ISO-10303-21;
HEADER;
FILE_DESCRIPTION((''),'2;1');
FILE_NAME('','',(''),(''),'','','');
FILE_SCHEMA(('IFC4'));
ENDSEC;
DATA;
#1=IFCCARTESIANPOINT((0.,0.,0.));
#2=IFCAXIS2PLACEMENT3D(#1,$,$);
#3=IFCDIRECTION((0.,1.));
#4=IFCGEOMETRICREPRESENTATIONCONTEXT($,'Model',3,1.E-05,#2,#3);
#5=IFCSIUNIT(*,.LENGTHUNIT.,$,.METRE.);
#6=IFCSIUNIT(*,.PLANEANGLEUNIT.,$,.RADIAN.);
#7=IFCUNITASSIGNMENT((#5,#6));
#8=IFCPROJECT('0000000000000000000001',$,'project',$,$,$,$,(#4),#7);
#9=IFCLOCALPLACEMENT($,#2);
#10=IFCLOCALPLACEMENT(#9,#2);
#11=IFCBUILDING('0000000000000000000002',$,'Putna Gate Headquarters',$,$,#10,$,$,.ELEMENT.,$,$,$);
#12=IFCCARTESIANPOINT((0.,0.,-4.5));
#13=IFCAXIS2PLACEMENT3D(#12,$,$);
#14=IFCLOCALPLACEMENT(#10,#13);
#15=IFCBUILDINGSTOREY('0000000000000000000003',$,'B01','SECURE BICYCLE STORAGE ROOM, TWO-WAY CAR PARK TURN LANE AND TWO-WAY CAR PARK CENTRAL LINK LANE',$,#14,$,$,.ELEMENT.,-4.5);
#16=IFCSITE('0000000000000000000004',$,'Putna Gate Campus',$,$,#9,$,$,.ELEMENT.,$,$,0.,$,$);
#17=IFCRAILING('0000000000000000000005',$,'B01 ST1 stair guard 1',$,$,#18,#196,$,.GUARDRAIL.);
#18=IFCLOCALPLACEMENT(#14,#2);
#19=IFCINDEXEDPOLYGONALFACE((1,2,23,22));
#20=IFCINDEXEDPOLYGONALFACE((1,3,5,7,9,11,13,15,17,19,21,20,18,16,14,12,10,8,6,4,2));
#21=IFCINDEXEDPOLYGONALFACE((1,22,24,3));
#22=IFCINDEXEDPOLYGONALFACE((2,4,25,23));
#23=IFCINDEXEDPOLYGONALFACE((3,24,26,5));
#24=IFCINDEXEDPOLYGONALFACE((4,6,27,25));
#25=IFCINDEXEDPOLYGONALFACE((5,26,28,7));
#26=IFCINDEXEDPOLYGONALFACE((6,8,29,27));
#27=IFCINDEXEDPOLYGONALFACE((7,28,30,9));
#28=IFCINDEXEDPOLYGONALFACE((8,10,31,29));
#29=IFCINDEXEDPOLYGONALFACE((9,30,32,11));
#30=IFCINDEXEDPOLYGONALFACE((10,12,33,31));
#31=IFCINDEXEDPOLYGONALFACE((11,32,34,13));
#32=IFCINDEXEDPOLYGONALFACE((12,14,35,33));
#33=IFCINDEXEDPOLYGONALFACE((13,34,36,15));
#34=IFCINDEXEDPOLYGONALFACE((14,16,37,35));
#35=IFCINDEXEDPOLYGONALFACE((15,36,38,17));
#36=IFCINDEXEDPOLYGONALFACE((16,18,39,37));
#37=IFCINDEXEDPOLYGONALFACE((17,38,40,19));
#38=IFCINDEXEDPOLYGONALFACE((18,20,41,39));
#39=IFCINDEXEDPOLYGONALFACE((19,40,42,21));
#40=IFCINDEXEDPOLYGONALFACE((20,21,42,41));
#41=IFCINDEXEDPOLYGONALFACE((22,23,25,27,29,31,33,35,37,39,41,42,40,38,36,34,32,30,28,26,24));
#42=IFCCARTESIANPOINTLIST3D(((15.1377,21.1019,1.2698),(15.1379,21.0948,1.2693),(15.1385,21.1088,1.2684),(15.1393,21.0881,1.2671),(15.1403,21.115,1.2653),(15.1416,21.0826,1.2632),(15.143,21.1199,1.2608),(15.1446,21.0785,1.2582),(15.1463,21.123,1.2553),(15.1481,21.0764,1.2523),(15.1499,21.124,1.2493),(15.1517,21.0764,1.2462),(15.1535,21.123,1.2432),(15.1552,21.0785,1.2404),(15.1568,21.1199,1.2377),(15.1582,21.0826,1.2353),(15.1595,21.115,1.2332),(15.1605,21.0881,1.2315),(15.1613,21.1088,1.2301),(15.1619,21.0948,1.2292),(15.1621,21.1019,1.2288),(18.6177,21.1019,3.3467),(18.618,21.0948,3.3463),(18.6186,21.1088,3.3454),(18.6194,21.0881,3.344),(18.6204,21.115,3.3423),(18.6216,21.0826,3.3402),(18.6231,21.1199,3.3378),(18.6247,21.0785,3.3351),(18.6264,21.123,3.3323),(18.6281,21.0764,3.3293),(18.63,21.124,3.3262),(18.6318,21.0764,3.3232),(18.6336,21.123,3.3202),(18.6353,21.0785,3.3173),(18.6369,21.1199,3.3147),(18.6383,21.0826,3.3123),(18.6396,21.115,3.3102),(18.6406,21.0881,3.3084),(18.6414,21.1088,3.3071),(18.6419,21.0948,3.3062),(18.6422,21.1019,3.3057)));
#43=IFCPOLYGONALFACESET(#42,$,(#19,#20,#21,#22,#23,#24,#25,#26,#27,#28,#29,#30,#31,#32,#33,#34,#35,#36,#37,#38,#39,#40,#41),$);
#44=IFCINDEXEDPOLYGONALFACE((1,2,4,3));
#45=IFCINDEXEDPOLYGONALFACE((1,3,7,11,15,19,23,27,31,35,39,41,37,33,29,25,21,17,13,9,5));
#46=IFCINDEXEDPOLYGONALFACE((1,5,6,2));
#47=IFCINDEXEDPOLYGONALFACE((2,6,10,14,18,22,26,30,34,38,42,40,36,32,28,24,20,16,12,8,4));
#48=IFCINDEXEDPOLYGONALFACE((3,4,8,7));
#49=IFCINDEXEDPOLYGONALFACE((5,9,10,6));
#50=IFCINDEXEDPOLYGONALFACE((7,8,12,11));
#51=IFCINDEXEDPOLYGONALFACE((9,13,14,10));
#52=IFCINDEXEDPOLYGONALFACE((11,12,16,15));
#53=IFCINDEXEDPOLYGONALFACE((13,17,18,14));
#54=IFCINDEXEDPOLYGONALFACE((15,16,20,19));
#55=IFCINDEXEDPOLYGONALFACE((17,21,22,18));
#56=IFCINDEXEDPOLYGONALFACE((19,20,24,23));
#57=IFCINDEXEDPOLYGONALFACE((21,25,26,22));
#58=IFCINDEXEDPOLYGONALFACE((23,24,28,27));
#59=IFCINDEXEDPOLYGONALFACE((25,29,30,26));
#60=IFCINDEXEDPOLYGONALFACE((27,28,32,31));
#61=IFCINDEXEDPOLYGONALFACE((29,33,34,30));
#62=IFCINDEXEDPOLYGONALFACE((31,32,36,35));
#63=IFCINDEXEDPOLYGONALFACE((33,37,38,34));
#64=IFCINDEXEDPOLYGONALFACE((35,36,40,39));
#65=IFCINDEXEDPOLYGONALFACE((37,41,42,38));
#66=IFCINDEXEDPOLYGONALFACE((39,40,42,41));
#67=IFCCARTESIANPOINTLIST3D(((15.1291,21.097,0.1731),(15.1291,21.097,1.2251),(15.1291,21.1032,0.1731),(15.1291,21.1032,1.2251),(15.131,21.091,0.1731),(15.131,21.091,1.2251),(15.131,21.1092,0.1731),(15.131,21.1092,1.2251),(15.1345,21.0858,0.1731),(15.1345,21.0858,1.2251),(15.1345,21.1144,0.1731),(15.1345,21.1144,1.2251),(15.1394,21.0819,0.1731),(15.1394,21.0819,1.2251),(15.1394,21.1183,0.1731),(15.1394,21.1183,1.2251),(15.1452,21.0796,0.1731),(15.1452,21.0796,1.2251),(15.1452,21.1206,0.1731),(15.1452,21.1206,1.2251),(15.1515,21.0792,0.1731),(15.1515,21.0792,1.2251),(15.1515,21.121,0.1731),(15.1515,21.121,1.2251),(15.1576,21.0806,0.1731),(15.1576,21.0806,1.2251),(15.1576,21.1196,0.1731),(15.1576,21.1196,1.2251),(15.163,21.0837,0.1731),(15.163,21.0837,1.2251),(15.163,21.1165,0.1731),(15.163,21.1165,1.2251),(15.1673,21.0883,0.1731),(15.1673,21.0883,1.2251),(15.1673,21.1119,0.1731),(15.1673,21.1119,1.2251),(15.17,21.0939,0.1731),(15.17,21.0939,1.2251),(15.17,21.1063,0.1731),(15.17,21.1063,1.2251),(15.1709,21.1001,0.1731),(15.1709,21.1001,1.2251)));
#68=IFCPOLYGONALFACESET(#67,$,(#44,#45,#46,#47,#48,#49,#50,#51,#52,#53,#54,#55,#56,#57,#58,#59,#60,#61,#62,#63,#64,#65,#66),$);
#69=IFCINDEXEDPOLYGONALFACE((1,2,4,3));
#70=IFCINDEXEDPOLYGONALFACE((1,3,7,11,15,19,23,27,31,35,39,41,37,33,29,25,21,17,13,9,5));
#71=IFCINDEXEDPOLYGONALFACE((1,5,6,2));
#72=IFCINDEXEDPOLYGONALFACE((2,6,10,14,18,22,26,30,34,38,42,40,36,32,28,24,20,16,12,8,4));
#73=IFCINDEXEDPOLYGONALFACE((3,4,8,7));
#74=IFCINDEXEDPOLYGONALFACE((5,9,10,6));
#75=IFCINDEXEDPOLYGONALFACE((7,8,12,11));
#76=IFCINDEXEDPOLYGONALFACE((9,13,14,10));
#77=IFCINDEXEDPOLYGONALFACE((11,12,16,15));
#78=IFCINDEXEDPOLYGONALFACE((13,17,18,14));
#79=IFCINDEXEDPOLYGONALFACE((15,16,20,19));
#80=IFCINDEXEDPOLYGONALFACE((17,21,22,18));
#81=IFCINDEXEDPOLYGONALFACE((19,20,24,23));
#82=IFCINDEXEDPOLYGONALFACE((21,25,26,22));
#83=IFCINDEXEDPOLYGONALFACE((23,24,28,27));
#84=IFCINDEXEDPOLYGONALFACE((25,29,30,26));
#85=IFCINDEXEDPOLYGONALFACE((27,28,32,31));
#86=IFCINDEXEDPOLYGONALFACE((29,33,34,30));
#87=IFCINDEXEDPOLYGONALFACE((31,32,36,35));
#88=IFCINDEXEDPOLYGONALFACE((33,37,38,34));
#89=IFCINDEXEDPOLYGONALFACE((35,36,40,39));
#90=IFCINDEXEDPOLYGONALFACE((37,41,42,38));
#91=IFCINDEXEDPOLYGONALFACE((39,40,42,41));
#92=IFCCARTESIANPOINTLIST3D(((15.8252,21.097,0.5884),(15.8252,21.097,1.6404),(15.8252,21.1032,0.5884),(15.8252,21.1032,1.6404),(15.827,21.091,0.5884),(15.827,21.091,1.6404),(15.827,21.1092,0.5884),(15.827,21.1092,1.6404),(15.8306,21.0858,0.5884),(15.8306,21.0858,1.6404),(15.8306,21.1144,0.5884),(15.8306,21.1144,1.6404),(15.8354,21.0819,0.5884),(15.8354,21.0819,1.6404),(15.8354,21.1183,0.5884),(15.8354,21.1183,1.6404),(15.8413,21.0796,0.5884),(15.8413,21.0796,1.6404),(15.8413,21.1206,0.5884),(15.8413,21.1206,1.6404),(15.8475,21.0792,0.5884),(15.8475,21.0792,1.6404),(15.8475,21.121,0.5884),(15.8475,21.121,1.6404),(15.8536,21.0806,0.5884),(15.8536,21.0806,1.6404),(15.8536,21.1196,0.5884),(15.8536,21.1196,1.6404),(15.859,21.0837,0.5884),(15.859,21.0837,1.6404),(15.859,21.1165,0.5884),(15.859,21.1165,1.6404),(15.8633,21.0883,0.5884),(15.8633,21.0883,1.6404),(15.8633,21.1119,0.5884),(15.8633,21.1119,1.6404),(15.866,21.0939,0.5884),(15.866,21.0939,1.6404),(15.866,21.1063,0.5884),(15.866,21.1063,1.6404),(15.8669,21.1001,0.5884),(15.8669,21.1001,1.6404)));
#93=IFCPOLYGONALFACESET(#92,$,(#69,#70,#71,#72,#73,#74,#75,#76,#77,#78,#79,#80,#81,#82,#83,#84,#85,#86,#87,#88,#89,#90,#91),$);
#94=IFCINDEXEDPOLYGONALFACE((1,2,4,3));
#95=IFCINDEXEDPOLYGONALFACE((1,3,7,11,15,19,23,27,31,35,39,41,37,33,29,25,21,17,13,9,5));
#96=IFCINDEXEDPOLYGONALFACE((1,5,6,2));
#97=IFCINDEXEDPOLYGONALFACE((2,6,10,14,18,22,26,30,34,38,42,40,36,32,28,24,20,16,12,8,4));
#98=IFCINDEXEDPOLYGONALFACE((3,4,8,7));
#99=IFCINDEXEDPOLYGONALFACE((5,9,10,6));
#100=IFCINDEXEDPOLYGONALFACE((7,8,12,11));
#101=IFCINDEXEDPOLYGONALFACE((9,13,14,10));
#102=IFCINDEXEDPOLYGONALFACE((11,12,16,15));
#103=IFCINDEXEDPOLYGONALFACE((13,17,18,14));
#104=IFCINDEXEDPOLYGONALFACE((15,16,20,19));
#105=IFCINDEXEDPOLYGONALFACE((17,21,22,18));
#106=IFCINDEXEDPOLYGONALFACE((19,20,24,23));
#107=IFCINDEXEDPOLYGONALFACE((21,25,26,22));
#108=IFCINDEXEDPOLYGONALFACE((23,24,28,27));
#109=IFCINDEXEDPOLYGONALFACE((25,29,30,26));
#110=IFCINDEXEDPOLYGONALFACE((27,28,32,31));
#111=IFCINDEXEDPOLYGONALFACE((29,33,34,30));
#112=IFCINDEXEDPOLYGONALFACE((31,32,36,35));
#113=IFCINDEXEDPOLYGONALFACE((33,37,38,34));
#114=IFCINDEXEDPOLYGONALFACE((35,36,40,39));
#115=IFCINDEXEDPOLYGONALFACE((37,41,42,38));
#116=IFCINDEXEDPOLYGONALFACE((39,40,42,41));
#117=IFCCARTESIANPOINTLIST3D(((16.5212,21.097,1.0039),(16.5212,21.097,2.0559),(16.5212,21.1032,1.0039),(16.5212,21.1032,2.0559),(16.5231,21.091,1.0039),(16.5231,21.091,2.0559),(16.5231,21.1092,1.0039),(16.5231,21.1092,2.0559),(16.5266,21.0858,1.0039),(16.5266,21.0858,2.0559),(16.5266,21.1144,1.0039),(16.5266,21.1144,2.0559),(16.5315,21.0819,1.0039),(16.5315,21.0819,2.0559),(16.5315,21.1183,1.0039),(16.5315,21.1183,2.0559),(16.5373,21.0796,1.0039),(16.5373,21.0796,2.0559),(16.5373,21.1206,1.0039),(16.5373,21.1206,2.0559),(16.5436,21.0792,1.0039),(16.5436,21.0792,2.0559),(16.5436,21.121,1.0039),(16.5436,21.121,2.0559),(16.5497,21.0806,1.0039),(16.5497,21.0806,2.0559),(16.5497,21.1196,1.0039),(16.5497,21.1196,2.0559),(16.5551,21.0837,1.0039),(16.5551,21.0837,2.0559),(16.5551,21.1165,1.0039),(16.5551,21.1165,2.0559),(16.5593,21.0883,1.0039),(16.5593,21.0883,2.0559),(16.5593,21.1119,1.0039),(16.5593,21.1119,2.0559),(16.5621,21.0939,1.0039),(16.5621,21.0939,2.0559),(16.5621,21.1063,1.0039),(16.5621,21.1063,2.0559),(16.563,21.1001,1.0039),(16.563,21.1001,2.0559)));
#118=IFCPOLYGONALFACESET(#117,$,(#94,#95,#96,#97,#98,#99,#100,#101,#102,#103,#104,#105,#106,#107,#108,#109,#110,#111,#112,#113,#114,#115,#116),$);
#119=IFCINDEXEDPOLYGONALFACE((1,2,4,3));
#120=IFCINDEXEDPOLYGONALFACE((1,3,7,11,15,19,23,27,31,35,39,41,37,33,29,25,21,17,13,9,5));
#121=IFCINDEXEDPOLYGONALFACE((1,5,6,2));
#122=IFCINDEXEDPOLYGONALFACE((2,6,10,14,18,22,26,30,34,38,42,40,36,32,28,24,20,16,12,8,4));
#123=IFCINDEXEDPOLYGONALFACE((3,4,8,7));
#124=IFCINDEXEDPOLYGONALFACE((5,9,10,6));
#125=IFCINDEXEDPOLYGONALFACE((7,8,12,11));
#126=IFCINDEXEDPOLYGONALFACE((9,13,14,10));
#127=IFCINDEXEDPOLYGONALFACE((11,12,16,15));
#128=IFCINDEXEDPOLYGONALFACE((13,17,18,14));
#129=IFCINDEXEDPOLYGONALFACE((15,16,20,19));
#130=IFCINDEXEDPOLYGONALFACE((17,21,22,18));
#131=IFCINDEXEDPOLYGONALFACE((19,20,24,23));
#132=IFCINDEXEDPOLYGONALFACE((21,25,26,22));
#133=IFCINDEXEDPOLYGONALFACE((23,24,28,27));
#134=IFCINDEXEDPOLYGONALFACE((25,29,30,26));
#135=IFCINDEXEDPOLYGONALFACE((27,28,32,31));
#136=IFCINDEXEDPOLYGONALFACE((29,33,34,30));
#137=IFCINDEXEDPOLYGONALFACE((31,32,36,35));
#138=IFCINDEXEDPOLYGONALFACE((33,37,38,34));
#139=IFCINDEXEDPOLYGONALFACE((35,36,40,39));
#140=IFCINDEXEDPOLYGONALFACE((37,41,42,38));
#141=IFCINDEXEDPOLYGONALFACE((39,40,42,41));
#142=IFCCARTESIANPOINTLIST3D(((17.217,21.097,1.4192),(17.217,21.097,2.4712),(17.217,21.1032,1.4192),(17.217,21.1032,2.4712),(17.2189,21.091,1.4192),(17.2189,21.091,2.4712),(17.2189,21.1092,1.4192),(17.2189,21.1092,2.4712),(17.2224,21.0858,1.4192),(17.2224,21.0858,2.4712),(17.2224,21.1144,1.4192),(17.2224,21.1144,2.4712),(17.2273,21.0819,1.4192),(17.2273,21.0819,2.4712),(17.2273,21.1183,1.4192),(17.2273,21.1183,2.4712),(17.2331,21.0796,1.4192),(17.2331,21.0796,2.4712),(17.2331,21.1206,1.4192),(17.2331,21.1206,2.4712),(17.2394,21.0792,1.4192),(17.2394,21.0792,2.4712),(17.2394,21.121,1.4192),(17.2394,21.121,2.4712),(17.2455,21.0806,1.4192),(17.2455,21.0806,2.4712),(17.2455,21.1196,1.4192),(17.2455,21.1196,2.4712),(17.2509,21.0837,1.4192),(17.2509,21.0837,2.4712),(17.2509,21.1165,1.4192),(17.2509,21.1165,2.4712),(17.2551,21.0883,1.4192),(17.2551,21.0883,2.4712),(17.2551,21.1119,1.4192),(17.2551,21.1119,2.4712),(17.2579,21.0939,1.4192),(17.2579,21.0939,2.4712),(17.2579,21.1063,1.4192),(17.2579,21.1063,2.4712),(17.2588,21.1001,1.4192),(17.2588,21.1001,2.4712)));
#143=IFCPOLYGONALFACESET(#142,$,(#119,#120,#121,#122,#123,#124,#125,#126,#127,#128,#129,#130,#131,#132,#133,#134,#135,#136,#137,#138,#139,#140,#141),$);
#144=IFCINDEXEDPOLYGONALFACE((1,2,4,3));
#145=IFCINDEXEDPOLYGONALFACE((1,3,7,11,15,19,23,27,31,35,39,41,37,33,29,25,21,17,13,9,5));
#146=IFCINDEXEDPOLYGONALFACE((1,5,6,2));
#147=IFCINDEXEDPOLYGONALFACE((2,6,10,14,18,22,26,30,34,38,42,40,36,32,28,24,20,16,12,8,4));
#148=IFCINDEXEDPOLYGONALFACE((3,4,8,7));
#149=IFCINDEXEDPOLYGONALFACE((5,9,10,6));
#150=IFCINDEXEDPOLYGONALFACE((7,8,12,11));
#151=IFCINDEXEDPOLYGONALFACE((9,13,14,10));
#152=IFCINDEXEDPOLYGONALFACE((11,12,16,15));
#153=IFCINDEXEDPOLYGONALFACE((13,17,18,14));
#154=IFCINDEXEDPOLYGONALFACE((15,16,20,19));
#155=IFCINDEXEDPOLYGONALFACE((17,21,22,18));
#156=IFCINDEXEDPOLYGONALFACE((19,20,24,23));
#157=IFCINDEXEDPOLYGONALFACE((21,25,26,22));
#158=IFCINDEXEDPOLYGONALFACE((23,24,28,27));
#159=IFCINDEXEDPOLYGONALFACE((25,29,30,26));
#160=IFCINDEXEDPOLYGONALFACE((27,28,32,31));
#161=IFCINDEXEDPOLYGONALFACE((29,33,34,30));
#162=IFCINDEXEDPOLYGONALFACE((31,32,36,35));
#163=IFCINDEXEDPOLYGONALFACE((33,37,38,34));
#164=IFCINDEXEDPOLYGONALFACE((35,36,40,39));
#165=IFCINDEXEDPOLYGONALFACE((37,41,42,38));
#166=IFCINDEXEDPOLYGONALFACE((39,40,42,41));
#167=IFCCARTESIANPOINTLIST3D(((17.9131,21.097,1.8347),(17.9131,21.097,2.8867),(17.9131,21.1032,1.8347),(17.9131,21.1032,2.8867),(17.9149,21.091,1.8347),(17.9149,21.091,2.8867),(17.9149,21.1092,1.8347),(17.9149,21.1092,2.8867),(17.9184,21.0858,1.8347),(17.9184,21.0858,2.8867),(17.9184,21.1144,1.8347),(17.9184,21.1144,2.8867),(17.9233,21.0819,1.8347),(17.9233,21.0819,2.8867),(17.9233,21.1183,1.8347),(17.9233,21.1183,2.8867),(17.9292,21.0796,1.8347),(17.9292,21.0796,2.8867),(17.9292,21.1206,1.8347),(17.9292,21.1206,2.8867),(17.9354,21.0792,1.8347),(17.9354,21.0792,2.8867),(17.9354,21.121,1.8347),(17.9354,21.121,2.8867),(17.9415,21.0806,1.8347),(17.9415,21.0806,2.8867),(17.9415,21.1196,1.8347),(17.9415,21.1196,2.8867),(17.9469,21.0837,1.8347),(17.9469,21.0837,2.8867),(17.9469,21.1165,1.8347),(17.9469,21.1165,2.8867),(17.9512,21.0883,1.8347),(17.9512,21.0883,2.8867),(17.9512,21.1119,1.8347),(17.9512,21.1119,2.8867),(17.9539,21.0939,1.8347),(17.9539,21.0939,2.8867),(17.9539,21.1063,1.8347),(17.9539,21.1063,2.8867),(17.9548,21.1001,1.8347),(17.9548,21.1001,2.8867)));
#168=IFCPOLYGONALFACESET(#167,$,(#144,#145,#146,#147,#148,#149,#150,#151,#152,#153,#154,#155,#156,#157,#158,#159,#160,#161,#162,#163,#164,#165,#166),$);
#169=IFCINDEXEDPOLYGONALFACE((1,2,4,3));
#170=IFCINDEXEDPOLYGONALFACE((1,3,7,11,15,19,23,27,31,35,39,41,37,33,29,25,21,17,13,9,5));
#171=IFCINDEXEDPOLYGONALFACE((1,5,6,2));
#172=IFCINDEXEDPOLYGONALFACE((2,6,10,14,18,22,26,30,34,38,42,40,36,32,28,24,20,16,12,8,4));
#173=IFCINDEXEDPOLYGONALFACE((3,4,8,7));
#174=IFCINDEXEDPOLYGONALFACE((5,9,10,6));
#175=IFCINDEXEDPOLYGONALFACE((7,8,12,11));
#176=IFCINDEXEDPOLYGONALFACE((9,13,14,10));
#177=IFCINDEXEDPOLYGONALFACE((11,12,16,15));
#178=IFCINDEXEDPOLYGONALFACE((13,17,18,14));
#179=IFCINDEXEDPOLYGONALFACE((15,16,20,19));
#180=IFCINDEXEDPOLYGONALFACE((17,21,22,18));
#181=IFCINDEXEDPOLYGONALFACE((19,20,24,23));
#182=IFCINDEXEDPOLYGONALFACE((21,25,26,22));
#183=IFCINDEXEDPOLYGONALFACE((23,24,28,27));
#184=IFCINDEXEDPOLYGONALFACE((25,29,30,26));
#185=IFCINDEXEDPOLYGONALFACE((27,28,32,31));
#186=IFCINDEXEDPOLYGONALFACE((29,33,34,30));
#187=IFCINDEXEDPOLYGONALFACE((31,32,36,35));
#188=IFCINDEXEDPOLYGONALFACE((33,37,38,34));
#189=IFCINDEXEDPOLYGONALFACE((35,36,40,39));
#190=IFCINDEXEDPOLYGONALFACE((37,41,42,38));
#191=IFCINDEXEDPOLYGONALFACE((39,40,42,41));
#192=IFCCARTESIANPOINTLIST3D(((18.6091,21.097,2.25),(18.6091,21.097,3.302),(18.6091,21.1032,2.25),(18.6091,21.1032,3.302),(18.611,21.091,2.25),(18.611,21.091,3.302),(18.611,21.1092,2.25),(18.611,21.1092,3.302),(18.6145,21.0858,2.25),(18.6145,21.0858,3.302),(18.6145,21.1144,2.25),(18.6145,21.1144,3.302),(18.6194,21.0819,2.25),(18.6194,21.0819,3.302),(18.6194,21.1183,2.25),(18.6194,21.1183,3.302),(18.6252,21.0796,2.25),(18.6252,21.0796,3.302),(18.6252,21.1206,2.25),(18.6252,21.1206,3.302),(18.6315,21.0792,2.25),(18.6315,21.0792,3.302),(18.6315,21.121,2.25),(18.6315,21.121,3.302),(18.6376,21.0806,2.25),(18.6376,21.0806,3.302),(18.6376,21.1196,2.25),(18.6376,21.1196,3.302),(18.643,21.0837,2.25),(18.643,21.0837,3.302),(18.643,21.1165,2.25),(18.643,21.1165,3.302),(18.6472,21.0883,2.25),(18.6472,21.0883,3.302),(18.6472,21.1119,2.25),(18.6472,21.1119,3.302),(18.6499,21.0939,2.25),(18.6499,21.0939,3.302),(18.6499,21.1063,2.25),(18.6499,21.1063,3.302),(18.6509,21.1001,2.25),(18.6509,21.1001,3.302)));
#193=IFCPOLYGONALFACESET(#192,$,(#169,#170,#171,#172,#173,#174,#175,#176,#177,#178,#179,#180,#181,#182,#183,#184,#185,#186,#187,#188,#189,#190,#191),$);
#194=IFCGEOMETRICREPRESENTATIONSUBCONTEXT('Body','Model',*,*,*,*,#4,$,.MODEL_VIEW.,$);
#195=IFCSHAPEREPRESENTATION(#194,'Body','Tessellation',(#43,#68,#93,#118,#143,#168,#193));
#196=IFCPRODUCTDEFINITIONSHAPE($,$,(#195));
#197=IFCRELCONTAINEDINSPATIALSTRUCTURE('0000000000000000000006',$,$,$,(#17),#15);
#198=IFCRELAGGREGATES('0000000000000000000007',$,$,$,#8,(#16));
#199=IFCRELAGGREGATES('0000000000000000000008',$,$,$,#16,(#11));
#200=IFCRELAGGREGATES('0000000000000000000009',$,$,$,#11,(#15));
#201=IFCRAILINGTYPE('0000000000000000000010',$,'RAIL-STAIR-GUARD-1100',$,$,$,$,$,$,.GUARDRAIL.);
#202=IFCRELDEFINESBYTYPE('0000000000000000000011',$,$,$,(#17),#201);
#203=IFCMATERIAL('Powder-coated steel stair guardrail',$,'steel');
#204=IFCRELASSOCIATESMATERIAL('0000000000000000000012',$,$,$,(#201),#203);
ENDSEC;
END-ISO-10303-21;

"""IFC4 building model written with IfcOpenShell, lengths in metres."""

from ifc_helpers import new_model, si_unit, direction, frame, origin, origin_2d, place, context, subcontext, project, spatial, circle, extrude, material, type_object, element, save


model = new_model("IFC4")

# Units and contexts
model_context = context("Model", 3, precision=1e-05, world=origin(), true_north=direction((0.0, 1.0)))
body_context = subcontext(model_context, "Body", "Model", "MODEL_VIEW")
ifc_project = project(units=[si_unit("LENGTHUNIT", "METRE"), si_unit("PLANEANGLEUNIT", "RADIAN")], contexts=[model_context])

# Site, building, storey
site_placement = place(None, origin())
site = spatial("IfcSite", under=ifc_project, at=site_placement, Name="Putna Gate Campus", CompositionType="ELEMENT", RefElevation=0.0)
building_placement = place(site_placement, origin())
building = spatial("IfcBuilding", under=site, at=building_placement, Name="Putna Gate Headquarters", CompositionType="ELEMENT")
storey_placement = place(building_placement, frame((0.0, 0.0, -4.5)))
storey = spatial("IfcBuildingStorey", under=building, at=storey_placement, Name="B01", Description="SECURE BICYCLE STORAGE ROOM, TWO-WAY CAR PARK TURN LANE AND TWO-WAY CAR PARK CENTRAL LINK LANE", CompositionType="ELEMENT", Elevation=-4.5)

# Railing
ifc_material_1 = material(Name="Powder-coated steel stair guardrail", Category="steel")
railing_type_1 = type_object("IfcRailingType", Name="RAIL-STAIR-GUARD-1100", PredefinedType="GUARDRAIL", material=ifc_material_1)
railing_1_placement = place(storey_placement, frame((15.1499, 21.1001, 0.1731)))
element("IfcRailing", 1, at=railing_1_placement, inside=storey, type_object=railing_type_1, Name="B01 ST1 stair guard 1", PredefinedType="GUARDRAIL", context=body_context, shape_type="SweptSolid", body=[
    extrude(circle(Radius=0.0239, at=origin_2d()), frame((0.0, 0.0, 1.0762), z_axis=(0.858697, 0.0, 0.512483), x_axis=(0.0, 1.0, 0.0)), (0.0, 0.0, 1.0), 4.0527),
    extrude(circle(Radius=0.021, at=origin_2d()), origin(), (0.0, 0.0, 1.0), 1.052),
    extrude(circle(Radius=0.021, at=origin_2d()), frame((0.696, 0.0, 0.4153)), (0.0, 0.0, 1.0), 1.052),
    extrude(circle(Radius=0.021, at=origin_2d()), frame((1.3921, 0.0, 0.8308)), (0.0, 0.0, 1.0), 1.052),
    extrude(circle(Radius=0.021, at=origin_2d()), frame((2.0879, 0.0, 1.2461)), (0.0, 0.0, 1.0), 1.052),
    extrude(circle(Radius=0.021, at=origin_2d()), frame((2.7839, 0.0, 1.6616)), (0.0, 0.0, 1.0), 1.052),
    extrude(circle(Radius=0.021, at=origin_2d()), frame((3.48, 0.0, 2.0769)), (0.0, 0.0, 1.0), 1.052),
])

save(model, "model.ifc")
